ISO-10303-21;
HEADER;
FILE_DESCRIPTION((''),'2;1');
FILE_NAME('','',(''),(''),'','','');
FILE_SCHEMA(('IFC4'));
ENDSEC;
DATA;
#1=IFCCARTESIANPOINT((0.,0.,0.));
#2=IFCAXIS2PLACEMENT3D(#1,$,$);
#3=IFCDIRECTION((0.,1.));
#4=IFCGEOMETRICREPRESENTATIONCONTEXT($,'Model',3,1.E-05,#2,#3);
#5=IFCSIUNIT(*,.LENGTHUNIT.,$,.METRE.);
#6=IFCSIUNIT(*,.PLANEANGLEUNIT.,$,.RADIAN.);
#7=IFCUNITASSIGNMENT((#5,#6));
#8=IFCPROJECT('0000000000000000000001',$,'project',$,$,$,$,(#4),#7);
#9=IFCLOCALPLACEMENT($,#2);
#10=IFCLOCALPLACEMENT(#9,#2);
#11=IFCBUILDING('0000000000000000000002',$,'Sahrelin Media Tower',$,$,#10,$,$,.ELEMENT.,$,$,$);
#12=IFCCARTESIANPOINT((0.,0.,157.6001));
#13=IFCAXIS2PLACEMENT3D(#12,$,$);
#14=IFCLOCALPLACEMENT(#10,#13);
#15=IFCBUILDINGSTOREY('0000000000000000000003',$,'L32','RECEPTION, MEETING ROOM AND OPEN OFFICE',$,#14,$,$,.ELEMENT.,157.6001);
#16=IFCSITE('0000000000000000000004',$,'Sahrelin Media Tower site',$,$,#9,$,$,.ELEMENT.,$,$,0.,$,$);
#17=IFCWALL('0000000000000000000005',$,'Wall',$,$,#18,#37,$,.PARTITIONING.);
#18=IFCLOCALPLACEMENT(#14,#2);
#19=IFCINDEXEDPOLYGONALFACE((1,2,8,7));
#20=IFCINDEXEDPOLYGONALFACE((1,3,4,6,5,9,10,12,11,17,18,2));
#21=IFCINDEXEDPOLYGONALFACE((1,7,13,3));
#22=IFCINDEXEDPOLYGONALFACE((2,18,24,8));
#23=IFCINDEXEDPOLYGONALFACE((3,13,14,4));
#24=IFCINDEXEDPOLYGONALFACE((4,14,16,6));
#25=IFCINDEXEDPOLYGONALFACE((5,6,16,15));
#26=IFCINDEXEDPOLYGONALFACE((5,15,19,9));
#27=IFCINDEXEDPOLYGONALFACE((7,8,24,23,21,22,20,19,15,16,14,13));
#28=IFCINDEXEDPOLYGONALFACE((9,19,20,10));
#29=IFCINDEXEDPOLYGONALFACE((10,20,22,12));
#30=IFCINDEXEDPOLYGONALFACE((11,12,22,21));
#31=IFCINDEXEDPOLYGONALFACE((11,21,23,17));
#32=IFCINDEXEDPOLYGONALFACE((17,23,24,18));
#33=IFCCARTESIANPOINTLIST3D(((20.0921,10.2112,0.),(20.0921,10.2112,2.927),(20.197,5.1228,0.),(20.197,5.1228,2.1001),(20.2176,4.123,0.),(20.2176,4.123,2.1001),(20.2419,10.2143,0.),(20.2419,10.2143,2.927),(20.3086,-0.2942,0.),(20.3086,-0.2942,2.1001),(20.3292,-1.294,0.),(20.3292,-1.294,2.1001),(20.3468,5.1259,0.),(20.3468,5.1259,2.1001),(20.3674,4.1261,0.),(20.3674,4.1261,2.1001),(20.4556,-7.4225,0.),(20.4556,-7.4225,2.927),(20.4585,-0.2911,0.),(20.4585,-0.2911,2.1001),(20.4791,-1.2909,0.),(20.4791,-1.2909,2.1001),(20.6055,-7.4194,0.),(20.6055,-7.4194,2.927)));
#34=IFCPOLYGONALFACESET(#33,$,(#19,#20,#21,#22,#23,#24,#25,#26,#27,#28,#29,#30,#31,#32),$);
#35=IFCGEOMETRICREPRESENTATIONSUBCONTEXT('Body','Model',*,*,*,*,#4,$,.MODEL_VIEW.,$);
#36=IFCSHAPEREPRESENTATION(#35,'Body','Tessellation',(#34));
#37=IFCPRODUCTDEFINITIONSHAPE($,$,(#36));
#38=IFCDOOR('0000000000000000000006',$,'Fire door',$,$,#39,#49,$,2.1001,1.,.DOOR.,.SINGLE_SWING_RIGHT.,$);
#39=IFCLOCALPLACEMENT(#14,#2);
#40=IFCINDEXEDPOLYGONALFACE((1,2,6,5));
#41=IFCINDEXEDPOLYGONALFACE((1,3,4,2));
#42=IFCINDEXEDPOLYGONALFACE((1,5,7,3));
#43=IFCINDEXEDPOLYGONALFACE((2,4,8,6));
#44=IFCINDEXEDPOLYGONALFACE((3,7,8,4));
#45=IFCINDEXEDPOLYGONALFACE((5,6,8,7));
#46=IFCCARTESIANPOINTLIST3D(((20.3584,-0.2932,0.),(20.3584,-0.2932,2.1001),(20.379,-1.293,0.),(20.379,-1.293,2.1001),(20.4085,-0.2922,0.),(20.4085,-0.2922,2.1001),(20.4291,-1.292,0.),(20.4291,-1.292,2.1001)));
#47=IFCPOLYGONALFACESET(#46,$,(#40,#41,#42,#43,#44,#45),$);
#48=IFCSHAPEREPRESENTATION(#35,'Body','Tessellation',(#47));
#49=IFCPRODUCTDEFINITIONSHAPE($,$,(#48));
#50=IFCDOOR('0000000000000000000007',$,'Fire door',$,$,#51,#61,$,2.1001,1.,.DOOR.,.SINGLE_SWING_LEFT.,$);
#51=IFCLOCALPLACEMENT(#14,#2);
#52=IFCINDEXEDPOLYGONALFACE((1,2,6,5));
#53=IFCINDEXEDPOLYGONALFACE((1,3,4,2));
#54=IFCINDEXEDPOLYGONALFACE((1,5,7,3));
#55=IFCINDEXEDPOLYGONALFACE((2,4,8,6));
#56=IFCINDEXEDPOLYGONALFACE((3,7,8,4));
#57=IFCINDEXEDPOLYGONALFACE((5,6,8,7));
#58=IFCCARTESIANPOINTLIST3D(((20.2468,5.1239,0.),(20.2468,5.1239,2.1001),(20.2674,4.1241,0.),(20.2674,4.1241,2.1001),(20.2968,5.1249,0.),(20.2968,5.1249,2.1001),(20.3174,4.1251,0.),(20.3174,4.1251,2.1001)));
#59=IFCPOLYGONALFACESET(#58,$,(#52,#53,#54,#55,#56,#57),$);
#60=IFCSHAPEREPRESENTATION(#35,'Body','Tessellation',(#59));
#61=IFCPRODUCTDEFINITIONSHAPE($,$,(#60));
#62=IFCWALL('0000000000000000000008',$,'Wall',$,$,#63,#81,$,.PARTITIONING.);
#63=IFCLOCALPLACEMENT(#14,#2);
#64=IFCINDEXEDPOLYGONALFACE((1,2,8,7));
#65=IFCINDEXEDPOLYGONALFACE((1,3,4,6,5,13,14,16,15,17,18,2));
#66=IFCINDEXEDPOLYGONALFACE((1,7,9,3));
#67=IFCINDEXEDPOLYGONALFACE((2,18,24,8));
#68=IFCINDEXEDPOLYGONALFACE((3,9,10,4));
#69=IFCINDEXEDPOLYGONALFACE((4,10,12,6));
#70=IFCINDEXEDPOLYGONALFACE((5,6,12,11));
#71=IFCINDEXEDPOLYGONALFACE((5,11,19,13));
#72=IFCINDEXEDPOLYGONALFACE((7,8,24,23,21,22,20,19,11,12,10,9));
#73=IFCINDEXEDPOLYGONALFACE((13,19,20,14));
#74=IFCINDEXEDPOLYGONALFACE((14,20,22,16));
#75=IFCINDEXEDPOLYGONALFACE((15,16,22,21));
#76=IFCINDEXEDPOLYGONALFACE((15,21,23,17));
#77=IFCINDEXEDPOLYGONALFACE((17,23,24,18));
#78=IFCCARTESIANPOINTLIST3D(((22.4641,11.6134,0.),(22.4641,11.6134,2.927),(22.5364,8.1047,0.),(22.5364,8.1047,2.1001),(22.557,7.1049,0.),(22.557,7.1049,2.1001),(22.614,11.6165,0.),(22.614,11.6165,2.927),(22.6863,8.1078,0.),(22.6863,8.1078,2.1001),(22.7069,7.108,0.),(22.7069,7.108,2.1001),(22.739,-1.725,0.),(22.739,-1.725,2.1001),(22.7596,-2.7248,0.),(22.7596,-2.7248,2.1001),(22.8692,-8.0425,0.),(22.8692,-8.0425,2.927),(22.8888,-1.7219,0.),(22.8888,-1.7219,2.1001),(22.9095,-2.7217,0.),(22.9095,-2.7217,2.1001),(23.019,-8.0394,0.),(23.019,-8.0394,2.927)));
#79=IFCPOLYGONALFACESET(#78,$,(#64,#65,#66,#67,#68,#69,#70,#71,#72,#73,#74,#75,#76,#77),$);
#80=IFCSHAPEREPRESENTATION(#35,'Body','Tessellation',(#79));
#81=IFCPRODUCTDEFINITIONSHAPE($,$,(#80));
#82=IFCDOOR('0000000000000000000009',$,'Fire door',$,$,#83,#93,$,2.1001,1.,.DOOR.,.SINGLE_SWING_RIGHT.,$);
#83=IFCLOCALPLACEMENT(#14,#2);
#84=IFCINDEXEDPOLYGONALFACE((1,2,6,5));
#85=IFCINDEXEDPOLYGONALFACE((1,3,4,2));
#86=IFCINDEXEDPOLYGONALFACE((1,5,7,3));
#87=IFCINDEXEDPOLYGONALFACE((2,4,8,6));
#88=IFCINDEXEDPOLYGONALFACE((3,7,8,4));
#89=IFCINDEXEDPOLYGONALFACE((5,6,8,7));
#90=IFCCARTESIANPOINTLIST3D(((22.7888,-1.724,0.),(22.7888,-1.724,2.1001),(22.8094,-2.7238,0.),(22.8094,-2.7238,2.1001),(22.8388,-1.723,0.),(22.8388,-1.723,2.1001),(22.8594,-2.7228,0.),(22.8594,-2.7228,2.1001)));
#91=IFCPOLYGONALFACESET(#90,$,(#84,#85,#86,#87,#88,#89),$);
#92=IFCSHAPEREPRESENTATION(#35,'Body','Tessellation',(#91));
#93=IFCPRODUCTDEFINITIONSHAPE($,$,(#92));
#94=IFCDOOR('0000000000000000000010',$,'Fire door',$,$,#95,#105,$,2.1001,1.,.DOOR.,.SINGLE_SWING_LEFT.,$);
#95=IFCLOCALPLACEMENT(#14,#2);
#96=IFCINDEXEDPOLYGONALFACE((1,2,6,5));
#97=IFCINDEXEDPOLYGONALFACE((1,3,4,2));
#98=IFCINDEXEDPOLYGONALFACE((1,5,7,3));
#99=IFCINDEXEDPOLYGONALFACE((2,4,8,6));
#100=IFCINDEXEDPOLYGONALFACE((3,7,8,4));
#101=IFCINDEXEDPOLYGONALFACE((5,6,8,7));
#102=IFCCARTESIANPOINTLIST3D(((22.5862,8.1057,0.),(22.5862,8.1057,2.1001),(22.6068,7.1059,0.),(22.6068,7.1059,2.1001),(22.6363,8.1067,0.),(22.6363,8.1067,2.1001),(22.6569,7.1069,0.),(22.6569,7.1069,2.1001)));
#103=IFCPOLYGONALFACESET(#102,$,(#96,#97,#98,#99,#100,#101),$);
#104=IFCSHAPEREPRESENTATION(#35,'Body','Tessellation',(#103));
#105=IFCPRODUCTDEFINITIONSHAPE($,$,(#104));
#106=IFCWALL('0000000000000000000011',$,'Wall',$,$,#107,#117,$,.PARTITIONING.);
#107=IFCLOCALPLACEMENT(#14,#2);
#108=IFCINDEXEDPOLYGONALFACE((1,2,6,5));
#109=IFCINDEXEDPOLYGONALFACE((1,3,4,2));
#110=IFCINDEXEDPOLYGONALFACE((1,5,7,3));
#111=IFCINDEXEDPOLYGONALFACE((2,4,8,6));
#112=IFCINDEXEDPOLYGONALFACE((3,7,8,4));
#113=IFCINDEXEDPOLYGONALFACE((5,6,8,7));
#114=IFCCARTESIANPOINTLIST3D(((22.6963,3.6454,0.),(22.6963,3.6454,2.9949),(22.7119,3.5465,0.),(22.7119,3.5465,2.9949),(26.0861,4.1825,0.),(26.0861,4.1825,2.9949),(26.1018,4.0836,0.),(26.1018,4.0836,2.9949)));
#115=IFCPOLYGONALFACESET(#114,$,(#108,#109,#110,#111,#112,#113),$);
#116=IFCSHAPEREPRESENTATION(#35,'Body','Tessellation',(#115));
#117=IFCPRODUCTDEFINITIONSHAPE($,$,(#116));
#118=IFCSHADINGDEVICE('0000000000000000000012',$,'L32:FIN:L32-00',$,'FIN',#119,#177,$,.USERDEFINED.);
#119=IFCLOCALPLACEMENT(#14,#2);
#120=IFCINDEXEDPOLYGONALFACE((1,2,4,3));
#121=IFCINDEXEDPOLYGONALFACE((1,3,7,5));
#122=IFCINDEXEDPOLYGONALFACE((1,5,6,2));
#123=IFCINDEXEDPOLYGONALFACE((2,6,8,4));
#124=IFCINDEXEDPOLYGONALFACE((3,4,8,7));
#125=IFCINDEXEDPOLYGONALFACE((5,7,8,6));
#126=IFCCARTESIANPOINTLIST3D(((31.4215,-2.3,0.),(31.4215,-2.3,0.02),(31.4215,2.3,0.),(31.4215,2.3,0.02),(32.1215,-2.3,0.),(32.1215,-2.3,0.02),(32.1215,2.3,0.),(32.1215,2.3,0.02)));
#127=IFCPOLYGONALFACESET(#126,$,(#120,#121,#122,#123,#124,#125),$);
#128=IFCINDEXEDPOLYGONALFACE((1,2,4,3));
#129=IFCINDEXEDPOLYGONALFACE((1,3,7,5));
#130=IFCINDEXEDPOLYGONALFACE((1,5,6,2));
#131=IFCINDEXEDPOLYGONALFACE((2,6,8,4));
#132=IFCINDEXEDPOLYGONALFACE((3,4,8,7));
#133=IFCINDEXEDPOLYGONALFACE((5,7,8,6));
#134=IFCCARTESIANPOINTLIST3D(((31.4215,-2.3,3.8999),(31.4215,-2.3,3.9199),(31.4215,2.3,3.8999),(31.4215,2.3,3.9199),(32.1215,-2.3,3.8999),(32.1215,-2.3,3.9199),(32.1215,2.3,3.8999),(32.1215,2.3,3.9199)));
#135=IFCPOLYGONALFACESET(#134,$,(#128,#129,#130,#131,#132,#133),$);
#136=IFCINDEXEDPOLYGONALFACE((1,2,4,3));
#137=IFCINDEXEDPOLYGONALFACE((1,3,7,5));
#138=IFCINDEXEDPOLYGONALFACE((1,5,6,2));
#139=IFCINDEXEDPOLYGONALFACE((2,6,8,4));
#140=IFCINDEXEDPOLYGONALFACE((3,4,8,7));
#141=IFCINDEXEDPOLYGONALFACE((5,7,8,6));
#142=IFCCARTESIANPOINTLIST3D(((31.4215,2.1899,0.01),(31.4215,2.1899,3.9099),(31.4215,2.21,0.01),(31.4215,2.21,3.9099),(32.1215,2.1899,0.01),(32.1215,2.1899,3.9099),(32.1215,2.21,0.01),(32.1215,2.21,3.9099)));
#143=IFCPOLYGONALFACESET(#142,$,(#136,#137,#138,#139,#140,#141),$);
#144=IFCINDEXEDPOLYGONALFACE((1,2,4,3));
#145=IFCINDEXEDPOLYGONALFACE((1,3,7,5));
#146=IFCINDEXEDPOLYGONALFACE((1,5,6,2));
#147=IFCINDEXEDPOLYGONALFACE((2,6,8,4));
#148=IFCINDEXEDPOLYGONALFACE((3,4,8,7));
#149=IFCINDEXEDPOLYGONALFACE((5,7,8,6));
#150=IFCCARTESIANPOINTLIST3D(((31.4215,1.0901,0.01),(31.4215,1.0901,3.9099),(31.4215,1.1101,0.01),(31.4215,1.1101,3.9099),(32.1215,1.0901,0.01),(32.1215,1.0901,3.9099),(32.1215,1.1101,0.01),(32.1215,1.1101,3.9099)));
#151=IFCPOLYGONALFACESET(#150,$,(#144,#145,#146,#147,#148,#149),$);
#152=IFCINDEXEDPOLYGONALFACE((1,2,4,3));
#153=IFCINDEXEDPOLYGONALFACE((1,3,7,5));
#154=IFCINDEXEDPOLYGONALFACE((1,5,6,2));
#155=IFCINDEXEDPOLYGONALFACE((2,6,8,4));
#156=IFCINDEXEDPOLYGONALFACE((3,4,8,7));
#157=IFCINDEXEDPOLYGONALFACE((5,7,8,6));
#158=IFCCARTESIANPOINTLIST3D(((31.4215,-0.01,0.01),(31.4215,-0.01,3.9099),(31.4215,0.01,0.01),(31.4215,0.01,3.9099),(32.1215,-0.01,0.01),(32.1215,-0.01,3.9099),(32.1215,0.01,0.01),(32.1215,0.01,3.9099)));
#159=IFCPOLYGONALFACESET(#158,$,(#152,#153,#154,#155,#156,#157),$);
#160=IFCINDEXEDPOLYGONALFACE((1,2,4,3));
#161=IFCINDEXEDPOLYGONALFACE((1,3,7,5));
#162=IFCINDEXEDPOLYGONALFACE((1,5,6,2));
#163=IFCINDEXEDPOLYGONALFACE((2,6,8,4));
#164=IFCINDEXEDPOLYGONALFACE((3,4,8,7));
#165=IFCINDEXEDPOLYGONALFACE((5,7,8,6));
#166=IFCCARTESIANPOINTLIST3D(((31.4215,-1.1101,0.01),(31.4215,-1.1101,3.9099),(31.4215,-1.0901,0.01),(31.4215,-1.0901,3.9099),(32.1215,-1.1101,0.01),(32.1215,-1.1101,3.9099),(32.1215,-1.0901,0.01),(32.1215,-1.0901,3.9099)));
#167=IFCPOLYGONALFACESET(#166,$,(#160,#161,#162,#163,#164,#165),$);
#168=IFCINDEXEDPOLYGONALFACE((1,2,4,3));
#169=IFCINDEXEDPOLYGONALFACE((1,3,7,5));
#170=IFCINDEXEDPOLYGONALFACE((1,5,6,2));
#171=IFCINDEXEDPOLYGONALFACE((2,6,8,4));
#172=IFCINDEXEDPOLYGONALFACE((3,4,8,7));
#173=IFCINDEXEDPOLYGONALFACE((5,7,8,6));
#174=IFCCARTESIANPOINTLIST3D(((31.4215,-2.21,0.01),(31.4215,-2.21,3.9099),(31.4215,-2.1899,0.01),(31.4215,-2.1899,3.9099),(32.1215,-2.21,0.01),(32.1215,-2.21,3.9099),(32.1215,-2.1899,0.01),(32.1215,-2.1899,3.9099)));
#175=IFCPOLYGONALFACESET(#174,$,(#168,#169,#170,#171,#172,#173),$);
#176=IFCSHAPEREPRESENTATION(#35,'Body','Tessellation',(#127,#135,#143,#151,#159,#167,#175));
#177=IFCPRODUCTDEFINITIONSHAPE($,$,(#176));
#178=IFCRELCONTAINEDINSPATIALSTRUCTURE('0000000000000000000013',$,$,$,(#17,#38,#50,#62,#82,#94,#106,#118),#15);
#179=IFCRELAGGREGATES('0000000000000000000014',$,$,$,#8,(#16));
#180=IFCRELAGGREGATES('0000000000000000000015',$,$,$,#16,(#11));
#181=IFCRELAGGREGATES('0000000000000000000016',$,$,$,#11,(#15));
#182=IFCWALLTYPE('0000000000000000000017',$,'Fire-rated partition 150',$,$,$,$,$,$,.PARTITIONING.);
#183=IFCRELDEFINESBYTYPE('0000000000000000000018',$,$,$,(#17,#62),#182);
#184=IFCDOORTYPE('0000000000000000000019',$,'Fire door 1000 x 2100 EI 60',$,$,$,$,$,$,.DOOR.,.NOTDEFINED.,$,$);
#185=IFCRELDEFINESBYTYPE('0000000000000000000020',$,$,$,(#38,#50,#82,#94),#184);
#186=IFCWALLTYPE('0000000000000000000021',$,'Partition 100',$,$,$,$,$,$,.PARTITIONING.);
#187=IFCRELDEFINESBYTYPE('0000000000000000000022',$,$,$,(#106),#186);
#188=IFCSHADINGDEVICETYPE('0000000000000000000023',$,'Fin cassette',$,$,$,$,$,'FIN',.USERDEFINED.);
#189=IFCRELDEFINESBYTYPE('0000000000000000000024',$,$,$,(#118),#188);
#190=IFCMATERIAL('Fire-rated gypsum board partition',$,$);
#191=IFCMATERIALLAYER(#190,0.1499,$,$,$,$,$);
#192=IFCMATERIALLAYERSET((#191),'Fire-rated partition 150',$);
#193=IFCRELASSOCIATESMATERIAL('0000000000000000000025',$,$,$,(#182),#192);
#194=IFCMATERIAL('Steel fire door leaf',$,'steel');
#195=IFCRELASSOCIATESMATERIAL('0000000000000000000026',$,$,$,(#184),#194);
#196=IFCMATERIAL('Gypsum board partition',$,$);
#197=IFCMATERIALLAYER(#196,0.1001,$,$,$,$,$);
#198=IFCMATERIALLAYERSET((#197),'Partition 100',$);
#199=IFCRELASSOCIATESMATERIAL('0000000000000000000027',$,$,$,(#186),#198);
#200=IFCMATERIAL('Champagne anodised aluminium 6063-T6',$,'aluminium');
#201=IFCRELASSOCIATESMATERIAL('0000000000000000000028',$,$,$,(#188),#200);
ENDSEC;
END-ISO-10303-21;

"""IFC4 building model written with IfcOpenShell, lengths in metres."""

from ifc_helpers import new_model, si_unit, direction, frame, frame_2d, origin, origin_2d, place, context, subcontext, project, spatial, rectangle, extrude, material, layer, layer_set, type_object, element, fill, save


model = new_model("IFC4")

# Units and contexts
model_context = context("Model", 3, precision=1e-05, world=origin(), true_north=direction((0.0, 1.0)))
body_context = subcontext(model_context, "Body", "Model", "MODEL_VIEW")
ifc_project = project(units=[si_unit("LENGTHUNIT", "METRE"), si_unit("PLANEANGLEUNIT", "RADIAN")], contexts=[model_context])

# Site, building, storey
site_placement = place(None, origin())
site = spatial("IfcSite", under=ifc_project, at=site_placement, Name="Sahrelin Media Tower site", CompositionType="ELEMENT", RefElevation=0.0)
building_placement = place(site_placement, origin())
building = spatial("IfcBuilding", under=site, at=building_placement, Name="Sahrelin Media Tower", CompositionType="ELEMENT")
storey_placement = place(building_placement, frame((0.0, 0.0, 157.6001)))
storey = spatial("IfcBuildingStorey", under=building, at=storey_placement, Name="L32", Description="RECEPTION, MEETING ROOM AND OPEN OFFICE", CompositionType="ELEMENT", Elevation=157.6001)

# Shared definitions
ifc_material_1 = material(Name="Champagne anodised aluminium 6063-T6", Category="aluminium")

# Walls, openings, doors
ifc_material_2 = material(Name="Fire-rated gypsum board partition")
ifc_layer_1 = layer(ifc_material_2, 0.1499)
ifc_layer_set_1 = layer_set([ifc_layer_1], Name="Fire-rated partition 150")
wall_type_1 = type_object("IfcWallType", Name="Fire-rated partition 150", PredefinedType="PARTITIONING", material=ifc_layer_set_1)
wall_1_placement = place(storey_placement, frame((20.167, 10.2129, 0.0), z_axis=(0.0, 0.0, 1.0), x_axis=(0.020611, -0.999788, 0.0)))
wall_1 = element("IfcWall", 1, at=wall_1_placement, inside=storey, type_object=wall_type_1, Name="Wall", PredefinedType="PARTITIONING", context=body_context, shape_type="SweptSolid", body=[
    extrude(rectangle(XDim=17.6375, YDim=0.1499, at=frame_2d((8.8188, 0.0))), origin(), (0.0, 0.0, 1.0), 2.927),
])
opening_1_placement = place(wall_1_placement, frame((10.5078, 0.0, 0.0)))
opening_1 = element("IfcOpeningElement", 2, at=opening_1_placement, cuts=wall_1, PredefinedType="OPENING", context=body_context, shape_type="SweptSolid", body=[
    extrude(rectangle(XDim=1.0, YDim=2.1001, at=frame_2d((0.5, 1.05))), frame((0.0, 0.075, 0.0), z_axis=(0.0, -1.0, 0.0), x_axis=(1.0, 0.0, 0.0)), (0.0, 0.0, 1.0), 0.1499),
])
opening_2_placement = place(wall_1_placement, frame((5.0896, 0.0, 0.0)))
opening_2 = element("IfcOpeningElement", 3, at=opening_2_placement, cuts=wall_1, PredefinedType="OPENING", context=body_context, shape_type="SweptSolid", body=[
    extrude(rectangle(XDim=1.0, YDim=2.1001, at=frame_2d((0.5, 1.05))), frame((0.0, 0.075, 0.0), z_axis=(0.0, -1.0, 0.0), x_axis=(1.0, 0.0, 0.0)), (0.0, 0.0, 1.0), 0.1499),
])
ifc_material_3 = material(Name="Steel fire door leaf", Category="steel")
door_type = type_object("IfcDoorType", Name="Fire door 1000 x 2100 EI 60", OperationType="NOTDEFINED", PredefinedType="DOOR", material=ifc_material_3)
door_1_placement = place(opening_1_placement, origin())
door_1 = element("IfcDoor", 4, at=door_1_placement, inside=storey, type_object=door_type, Name="Fire door", OperationType="SINGLE_SWING_RIGHT", OverallHeight=2.1001, OverallWidth=1.0, PredefinedType="DOOR", context=body_context, shape_type="SweptSolid", body=[
    extrude(rectangle(XDim=1.0, YDim=2.1001, at=frame_2d((0.5, 1.05))), frame((0.0, 0.0249, 0.0), z_axis=(0.0, -1.0, 0.0), x_axis=(1.0, 0.0, 0.0)), (0.0, 0.0, 1.0), 0.05),
])
fill(opening_1, door_1)
door_2_placement = place(opening_2_placement, origin())
door_2 = element("IfcDoor", 5, at=door_2_placement, inside=storey, type_object=door_type, Name="Fire door", OperationType="SINGLE_SWING_LEFT", OverallHeight=2.1001, OverallWidth=1.0, PredefinedType="DOOR", context=body_context, shape_type="SweptSolid", body=[
    extrude(rectangle(XDim=1.0, YDim=2.1001, at=frame_2d((0.5, 1.05))), frame((0.0, 0.0249, 0.0), z_axis=(0.0, -1.0, 0.0), x_axis=(1.0, 0.0, 0.0)), (0.0, 0.0, 1.0), 0.05),
])
fill(opening_2, door_2)
wall_2_placement = place(storey_placement, frame((22.5391, 11.615, 0.0), z_axis=(0.0, 0.0, 1.0), x_axis=(0.020602, -0.999788, 0.0)))
wall_2 = element("IfcWall", 6, at=wall_2_placement, inside=storey, type_object=wall_type_1, Name="Wall", PredefinedType="PARTITIONING", context=body_context, shape_type="SweptSolid", body=[
    extrude(rectangle(XDim=19.6602, YDim=0.1499, at=frame_2d((9.8301, 0.0))), origin(), (0.0, 0.0, 1.0), 2.927),
])
opening_3_placement = place(wall_2_placement, frame((13.3413, 0.0, 0.0)))
opening_3 = element("IfcOpeningElement", 7, at=opening_3_placement, cuts=wall_2, PredefinedType="OPENING", context=body_context, shape_type="SweptSolid", body=[
    extrude(rectangle(XDim=1.0, YDim=2.1001, at=frame_2d((0.5, 1.05))), frame((0.0, 0.075, 0.0), z_axis=(0.0, -1.0, 0.0), x_axis=(1.0, 0.0, 0.0)), (0.0, 0.0, 1.0), 0.1499),
])
opening_4_placement = place(wall_2_placement, frame((3.5095, 0.0, 0.0)))
opening_4 = element("IfcOpeningElement", 8, at=opening_4_placement, cuts=wall_2, PredefinedType="OPENING", context=body_context, shape_type="SweptSolid", body=[
    extrude(rectangle(XDim=1.0, YDim=2.1001, at=frame_2d((0.5, 1.05))), frame((0.0, 0.075, 0.0), z_axis=(0.0, -1.0, 0.0), x_axis=(1.0, 0.0, 0.0)), (0.0, 0.0, 1.0), 0.1499),
])
door_3_placement = place(opening_3_placement, origin())
door_3 = element("IfcDoor", 9, at=door_3_placement, inside=storey, type_object=door_type, Name="Fire door", OperationType="SINGLE_SWING_RIGHT", OverallHeight=2.1001, OverallWidth=1.0, PredefinedType="DOOR", context=body_context, shape_type="SweptSolid", body=[
    extrude(rectangle(XDim=1.0, YDim=2.1001, at=frame_2d((0.5, 1.05))), frame((0.0, 0.0249, 0.0), z_axis=(0.0, -1.0, 0.0), x_axis=(1.0, 0.0, 0.0)), (0.0, 0.0, 1.0), 0.05),
])
fill(opening_3, door_3)
door_4_placement = place(opening_4_placement, origin())
door_4 = element("IfcDoor", 10, at=door_4_placement, inside=storey, type_object=door_type, Name="Fire door", OperationType="SINGLE_SWING_LEFT", OverallHeight=2.1001, OverallWidth=1.0, PredefinedType="DOOR", context=body_context, shape_type="SweptSolid", body=[
    extrude(rectangle(XDim=1.0, YDim=2.1001, at=frame_2d((0.5, 1.05))), frame((0.0, 0.0249, 0.0), z_axis=(0.0, -1.0, 0.0), x_axis=(1.0, 0.0, 0.0)), (0.0, 0.0, 1.0), 0.05),
])
fill(opening_4, door_4)

# Wall
ifc_material_4 = material(Name="Gypsum board partition")
ifc_layer_2 = layer(ifc_material_4, 0.1001)
ifc_layer_set_2 = layer_set([ifc_layer_2], Name="Partition 100")
wall_type_2 = type_object("IfcWallType", Name="Partition 100", PredefinedType="PARTITIONING", material=ifc_layer_set_2)
wall_3_placement = place(storey_placement, frame((22.7041, 3.5959, 0.0), z_axis=(0.0, 0.0, 1.0), x_axis=(0.987679, 0.156492, 0.0)))
element("IfcWall", 11, at=wall_3_placement, inside=storey, type_object=wall_type_2, Name="Wall", PredefinedType="PARTITIONING", context=body_context, shape_type="SweptSolid", body=[
    extrude(rectangle(XDim=3.4321, YDim=0.1001, at=frame_2d((1.7161, 0.0))), origin(), (0.0, 0.0, 1.0), 2.9949),
])

# Shading device
shading_device_type_1 = type_object("IfcShadingDeviceType", Name="Fin cassette", ElementType="FIN", PredefinedType="USERDEFINED", material=ifc_material_1)
placement_1 = place(storey_placement, frame((31.3516, 0.0, 0.0), z_axis=(0.0, 0.0, 1.0), x_axis=(0.0, -1.0, 0.0)))
element("IfcShadingDevice", 12, at=placement_1, inside=storey, type_object=shading_device_type_1, Name="L32:FIN:L32-00", ObjectType="FIN", PredefinedType="USERDEFINED", context=body_context, shape_type="SweptSolid", body=[
    extrude(rectangle(XDim=4.6001, YDim=0.7, at=origin_2d()), frame((0.0, 0.4199, 0.0)), (0.0, 0.0, 1.0), 0.02),
    extrude(rectangle(XDim=4.6001, YDim=0.7, at=origin_2d()), frame((0.0, 0.4199, 3.8999)), (0.0, 0.0, 1.0), 0.02),
    extrude(rectangle(XDim=0.02, YDim=0.7, at=origin_2d()), frame((-2.2, 0.4199, 0.01), z_axis=(0.0, 0.0, 1.0), x_axis=(1.0, 0.0, 0.0)), (0.0, 0.0, 1.0), 3.8999),
    extrude(rectangle(XDim=0.02, YDim=0.7, at=origin_2d()), frame((-1.1001, 0.4199, 0.01), z_axis=(0.0, 0.0, 1.0), x_axis=(1.0, 0.0, 0.0)), (0.0, 0.0, 1.0), 3.8999),
    extrude(rectangle(XDim=0.02, YDim=0.7, at=origin_2d()), frame((0.0, 0.4199, 0.01), z_axis=(0.0, 0.0, 1.0), x_axis=(1.0, 0.0, 0.0)), (0.0, 0.0, 1.0), 3.8999),
    extrude(rectangle(XDim=0.02, YDim=0.7, at=origin_2d()), frame((1.1001, 0.4199, 0.01), z_axis=(0.0, 0.0, 1.0), x_axis=(1.0, 0.0, 0.0)), (0.0, 0.0, 1.0), 3.8999),
    extrude(rectangle(XDim=0.02, YDim=0.7, at=origin_2d()), frame((2.2, 0.4199, 0.01), z_axis=(0.0, 0.0, 1.0), x_axis=(1.0, 0.0, 0.0)), (0.0, 0.0, 1.0), 3.8999),
])

save(model, "model.ifc")
